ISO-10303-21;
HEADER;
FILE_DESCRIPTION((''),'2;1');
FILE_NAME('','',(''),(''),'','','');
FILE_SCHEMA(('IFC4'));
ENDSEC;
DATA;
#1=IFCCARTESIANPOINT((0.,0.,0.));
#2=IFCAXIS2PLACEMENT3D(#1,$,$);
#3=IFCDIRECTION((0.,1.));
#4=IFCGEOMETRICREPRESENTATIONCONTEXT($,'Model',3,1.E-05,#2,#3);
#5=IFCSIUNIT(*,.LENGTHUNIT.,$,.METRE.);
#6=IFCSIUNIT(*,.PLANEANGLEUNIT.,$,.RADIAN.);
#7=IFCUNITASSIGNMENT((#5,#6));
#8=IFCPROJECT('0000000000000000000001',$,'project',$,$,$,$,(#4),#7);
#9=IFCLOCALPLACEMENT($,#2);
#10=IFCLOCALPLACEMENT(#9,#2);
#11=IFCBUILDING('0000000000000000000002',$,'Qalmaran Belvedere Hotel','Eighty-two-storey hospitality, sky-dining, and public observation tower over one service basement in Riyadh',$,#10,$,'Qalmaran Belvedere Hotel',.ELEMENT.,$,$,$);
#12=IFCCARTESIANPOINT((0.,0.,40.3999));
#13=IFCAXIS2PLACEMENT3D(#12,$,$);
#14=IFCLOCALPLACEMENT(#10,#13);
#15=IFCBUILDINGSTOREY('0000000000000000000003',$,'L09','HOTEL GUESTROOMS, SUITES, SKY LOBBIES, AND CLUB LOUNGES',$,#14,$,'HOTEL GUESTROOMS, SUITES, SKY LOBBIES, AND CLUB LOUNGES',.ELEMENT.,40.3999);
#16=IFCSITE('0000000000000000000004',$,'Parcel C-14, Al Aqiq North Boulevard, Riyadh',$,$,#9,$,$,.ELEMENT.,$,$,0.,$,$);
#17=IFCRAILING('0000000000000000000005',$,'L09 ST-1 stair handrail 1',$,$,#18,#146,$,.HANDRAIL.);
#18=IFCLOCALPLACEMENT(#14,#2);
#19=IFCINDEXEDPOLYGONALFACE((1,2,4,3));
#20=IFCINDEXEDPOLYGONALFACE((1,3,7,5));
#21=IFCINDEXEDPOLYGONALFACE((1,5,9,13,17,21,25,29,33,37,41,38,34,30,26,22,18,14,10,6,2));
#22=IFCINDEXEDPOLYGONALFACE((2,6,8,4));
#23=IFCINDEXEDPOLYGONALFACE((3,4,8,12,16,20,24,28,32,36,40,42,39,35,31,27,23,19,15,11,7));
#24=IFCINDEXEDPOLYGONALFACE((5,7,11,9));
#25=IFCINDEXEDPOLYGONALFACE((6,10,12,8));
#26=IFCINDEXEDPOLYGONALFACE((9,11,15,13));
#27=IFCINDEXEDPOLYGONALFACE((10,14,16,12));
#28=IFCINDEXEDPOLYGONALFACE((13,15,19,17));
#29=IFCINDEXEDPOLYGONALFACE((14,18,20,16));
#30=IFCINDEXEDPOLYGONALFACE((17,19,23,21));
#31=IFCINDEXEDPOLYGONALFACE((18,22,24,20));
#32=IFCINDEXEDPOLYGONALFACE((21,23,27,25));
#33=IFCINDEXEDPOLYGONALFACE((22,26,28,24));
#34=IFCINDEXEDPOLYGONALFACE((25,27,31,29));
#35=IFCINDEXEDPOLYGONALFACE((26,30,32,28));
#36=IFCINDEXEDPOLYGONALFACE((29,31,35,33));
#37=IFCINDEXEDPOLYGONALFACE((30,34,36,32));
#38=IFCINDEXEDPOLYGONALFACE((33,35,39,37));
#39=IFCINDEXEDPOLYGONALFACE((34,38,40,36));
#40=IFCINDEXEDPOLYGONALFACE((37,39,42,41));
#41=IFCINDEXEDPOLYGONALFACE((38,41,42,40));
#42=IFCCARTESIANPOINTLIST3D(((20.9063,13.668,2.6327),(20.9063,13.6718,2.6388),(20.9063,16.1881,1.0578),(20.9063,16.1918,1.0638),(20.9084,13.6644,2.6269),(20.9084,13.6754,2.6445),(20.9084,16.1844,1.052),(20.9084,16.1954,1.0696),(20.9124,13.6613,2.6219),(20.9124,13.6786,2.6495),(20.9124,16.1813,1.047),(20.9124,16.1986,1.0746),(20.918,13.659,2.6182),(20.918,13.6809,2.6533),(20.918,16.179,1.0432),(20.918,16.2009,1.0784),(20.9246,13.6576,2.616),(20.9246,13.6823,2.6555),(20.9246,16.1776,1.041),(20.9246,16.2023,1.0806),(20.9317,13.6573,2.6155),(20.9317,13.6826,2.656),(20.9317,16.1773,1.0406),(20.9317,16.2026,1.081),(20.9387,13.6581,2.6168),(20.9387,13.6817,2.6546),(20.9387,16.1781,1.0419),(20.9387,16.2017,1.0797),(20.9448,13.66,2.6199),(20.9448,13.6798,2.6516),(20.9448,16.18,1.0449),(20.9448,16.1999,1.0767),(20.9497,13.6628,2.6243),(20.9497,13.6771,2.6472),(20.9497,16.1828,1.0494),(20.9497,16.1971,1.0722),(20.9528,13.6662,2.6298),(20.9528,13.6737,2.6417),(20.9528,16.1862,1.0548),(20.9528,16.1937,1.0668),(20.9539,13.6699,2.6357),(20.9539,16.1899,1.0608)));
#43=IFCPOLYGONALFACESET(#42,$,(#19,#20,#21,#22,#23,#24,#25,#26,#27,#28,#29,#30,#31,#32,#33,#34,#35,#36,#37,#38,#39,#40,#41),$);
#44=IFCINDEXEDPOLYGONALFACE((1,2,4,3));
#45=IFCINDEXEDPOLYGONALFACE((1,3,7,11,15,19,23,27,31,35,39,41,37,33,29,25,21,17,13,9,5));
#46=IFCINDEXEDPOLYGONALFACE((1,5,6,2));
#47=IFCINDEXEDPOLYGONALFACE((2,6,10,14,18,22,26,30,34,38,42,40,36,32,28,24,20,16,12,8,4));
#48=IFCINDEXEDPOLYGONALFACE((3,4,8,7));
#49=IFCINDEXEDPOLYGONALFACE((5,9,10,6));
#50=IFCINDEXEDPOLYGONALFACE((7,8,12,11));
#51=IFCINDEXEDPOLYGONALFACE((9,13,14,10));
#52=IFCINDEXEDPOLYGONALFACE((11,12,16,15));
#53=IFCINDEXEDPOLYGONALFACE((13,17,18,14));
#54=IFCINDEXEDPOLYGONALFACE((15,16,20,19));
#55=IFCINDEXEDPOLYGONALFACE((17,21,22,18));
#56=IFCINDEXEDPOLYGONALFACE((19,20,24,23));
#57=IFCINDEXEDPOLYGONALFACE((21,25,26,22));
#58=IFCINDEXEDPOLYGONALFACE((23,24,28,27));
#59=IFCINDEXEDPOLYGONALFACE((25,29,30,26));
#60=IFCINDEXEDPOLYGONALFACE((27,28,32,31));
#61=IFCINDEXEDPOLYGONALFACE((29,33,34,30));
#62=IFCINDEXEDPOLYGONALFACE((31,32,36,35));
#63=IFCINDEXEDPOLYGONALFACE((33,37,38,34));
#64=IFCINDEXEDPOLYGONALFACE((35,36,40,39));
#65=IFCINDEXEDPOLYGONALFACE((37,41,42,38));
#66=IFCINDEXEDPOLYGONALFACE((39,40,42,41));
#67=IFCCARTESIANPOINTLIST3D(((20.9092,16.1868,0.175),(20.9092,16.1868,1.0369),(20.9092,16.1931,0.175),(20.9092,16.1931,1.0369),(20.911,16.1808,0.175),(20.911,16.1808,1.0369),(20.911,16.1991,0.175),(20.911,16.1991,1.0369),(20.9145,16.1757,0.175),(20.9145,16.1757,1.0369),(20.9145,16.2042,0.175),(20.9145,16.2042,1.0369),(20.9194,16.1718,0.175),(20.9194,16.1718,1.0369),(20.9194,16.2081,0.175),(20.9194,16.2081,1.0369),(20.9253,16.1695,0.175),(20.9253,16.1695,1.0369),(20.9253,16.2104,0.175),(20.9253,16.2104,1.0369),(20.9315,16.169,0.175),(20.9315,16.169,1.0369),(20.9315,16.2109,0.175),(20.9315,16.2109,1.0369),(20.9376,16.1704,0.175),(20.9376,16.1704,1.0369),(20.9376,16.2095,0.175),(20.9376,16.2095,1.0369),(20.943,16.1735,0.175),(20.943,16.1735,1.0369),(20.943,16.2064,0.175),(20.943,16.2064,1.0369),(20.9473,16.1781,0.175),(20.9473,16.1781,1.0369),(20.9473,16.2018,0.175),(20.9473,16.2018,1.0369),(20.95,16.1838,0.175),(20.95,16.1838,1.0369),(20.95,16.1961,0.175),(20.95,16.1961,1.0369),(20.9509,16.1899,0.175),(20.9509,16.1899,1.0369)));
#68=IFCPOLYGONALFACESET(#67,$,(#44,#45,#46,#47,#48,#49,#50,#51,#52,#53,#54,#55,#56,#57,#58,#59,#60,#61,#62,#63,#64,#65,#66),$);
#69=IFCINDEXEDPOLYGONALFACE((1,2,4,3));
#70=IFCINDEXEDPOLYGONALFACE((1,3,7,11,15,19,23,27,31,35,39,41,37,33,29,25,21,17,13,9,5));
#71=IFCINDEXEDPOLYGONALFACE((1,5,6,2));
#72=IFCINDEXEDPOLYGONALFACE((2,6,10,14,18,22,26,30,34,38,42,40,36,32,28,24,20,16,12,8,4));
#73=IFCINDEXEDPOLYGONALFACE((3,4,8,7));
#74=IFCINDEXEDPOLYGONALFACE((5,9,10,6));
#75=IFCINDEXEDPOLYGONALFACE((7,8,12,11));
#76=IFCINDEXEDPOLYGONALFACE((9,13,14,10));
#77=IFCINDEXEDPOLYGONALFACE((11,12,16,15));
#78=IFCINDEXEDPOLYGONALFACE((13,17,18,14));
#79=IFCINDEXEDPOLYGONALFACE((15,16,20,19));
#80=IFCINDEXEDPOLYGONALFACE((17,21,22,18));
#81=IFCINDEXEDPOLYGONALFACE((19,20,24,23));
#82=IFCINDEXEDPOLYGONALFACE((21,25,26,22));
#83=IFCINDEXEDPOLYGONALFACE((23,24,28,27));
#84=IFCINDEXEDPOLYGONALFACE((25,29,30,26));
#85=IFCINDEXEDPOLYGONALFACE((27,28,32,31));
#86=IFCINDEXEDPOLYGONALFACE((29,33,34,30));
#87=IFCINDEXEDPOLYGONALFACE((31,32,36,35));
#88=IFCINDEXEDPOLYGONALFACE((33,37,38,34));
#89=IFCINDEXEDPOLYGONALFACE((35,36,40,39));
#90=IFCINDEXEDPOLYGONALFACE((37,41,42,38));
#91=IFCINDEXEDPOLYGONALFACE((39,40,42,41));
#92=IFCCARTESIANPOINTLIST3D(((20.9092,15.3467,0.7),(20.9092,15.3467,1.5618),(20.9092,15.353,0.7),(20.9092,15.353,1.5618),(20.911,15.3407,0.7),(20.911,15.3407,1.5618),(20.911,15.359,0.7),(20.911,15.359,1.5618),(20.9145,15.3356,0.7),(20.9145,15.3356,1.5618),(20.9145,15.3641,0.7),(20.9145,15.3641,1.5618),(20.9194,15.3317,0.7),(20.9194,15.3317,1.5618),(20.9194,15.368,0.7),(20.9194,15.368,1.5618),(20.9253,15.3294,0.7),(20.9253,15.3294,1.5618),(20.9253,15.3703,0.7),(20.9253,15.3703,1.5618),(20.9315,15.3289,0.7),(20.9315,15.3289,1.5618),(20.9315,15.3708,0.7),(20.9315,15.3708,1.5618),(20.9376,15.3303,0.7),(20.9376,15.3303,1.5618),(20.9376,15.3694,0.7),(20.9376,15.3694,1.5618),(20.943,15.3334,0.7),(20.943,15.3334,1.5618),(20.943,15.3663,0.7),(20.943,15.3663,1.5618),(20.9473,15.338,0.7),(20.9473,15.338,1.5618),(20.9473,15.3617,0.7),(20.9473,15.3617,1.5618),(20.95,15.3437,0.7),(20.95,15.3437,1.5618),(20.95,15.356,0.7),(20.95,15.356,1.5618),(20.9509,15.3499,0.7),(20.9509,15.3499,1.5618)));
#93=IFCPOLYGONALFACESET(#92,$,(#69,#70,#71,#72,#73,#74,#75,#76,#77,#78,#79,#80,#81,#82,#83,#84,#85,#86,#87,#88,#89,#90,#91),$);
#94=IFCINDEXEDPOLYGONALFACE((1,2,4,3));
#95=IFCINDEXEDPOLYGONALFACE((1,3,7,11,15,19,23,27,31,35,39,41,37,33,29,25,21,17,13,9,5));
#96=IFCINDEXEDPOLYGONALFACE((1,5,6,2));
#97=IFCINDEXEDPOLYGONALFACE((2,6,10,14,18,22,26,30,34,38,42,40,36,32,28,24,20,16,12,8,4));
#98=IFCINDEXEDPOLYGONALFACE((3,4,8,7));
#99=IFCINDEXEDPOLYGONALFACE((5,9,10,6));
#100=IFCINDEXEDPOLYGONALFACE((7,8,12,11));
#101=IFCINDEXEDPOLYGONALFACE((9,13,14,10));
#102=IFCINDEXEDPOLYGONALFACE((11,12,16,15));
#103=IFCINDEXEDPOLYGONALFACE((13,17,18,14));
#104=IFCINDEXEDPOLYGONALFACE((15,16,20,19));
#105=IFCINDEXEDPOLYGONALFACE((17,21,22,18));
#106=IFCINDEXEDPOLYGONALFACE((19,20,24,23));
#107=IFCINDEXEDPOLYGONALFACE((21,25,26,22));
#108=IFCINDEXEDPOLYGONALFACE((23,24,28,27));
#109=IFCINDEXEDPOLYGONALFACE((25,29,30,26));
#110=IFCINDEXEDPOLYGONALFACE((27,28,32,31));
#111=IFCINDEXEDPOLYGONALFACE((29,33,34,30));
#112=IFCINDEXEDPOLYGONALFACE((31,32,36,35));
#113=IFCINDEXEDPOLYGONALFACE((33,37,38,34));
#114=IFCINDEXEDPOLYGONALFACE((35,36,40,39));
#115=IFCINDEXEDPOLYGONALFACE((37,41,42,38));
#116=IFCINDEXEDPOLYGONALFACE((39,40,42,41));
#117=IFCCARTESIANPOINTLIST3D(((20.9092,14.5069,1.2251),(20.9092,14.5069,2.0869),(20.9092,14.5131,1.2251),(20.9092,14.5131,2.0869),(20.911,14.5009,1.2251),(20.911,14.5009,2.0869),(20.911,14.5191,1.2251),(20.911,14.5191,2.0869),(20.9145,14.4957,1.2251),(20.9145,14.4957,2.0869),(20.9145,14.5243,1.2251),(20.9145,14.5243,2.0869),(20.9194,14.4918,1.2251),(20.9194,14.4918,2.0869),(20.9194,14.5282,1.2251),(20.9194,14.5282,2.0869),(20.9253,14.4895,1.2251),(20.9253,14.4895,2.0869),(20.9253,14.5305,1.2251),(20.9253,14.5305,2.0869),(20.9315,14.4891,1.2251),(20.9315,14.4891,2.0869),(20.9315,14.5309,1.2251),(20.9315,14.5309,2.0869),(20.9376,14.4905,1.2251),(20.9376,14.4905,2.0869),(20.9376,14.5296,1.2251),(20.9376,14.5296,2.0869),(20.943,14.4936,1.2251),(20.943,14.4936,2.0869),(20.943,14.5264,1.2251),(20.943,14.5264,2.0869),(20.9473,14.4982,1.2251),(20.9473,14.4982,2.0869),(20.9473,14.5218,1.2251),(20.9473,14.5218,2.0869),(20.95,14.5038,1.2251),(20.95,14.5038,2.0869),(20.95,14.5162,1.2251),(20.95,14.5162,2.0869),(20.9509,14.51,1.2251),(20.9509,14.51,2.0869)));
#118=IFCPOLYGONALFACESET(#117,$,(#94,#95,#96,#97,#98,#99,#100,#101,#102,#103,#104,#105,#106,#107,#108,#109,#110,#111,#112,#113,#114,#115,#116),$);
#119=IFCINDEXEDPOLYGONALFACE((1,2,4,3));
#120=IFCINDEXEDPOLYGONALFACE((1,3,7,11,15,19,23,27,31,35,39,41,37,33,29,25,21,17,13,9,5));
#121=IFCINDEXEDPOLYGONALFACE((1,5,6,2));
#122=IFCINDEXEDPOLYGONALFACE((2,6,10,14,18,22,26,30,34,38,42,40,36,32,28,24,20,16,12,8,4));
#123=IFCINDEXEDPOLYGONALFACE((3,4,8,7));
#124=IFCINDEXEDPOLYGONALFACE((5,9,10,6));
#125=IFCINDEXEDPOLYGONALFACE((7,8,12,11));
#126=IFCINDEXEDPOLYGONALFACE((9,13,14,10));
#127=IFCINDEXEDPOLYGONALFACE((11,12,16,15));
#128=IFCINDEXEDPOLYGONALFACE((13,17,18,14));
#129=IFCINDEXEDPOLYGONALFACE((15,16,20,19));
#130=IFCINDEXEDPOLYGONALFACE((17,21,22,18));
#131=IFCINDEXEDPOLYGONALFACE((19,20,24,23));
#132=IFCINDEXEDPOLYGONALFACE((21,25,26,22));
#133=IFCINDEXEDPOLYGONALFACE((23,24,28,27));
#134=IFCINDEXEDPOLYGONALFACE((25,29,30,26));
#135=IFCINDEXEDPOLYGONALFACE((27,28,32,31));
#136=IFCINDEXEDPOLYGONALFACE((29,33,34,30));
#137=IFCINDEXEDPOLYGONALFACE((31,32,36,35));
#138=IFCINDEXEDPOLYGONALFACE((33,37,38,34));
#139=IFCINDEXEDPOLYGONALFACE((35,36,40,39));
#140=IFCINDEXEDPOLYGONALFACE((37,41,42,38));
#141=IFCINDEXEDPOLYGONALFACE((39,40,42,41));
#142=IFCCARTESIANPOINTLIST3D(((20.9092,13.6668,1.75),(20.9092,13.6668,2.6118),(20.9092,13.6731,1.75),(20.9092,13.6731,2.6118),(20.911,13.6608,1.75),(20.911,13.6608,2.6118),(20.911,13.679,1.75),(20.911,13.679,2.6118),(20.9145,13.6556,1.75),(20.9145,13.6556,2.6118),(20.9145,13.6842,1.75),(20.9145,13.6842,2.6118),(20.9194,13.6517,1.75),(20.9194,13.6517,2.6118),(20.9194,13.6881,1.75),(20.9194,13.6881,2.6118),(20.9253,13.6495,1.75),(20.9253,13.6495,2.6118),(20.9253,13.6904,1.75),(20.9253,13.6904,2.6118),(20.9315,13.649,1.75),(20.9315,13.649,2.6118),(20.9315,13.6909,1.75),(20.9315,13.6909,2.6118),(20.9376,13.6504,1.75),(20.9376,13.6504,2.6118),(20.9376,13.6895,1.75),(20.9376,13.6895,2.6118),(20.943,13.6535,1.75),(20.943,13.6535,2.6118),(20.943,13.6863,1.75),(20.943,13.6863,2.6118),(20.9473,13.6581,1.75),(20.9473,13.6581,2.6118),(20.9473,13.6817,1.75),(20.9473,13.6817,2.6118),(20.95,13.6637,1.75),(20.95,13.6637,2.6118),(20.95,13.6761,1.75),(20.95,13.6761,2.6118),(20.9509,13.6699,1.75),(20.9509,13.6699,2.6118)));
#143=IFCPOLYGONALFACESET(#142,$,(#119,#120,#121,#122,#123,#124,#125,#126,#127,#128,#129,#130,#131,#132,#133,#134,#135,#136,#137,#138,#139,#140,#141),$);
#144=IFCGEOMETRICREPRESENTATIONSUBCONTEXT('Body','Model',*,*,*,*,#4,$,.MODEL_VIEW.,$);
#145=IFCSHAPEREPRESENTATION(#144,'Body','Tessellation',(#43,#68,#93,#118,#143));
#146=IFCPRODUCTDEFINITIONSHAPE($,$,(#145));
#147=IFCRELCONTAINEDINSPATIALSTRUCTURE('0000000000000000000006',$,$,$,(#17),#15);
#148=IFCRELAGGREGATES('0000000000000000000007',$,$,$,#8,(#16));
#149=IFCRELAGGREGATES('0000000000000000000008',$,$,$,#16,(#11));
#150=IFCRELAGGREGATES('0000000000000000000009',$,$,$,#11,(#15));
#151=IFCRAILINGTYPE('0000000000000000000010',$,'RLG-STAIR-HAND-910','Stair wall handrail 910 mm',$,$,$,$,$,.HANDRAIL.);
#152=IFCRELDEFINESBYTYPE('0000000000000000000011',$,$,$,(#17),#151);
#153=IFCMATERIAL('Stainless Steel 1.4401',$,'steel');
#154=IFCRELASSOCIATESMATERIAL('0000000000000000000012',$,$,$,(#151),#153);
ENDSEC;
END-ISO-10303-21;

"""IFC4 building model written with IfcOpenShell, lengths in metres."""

from ifc_helpers import new_model, si_unit, direction, frame, origin, origin_2d, place, context, subcontext, project, spatial, circle, extrude, material, type_object, element, save


model = new_model("IFC4")

# Units and contexts
model_context = context("Model", 3, precision=1e-05, world=origin(), true_north=direction((0.0, 1.0)))
body_context = subcontext(model_context, "Body", "Model", "MODEL_VIEW")
ifc_project = project(units=[si_unit("LENGTHUNIT", "METRE"), si_unit("PLANEANGLEUNIT", "RADIAN")], contexts=[model_context])

# Site, building, storey
site_placement = place(None, origin())
site = spatial("IfcSite", under=ifc_project, at=site_placement, Name="Parcel C-14, Al Aqiq North Boulevard, Riyadh", CompositionType="ELEMENT", RefElevation=0.0)
building_placement = place(site_placement, origin())
building = spatial("IfcBuilding", under=site, at=building_placement, Name="Qalmaran Belvedere Hotel", Description="Eighty-two-storey hospitality, sky-dining, and public observation tower over one service basement in Riyadh", LongName="Qalmaran Belvedere Hotel", CompositionType="ELEMENT")
storey_placement = place(building_placement, frame((0.0, 0.0, 40.3999)))
storey = spatial("IfcBuildingStorey", under=building, at=storey_placement, Name="L09", Description="HOTEL GUESTROOMS, SUITES, SKY LOBBIES, AND CLUB LOUNGES", LongName="HOTEL GUESTROOMS, SUITES, SKY LOBBIES, AND CLUB LOUNGES", CompositionType="ELEMENT", Elevation=40.3999)

# Shared definitions
ifc_material_1 = material(Name="Stainless Steel 1.4401", Category="steel")

# Railing
railing_type = type_object("IfcRailingType", Name="RLG-STAIR-HAND-910", Description="Stair wall handrail 910 mm", PredefinedType="HANDRAIL", material=ifc_material_1)
railing_placement = place(storey_placement, frame((20.9299, 16.1899, 0.175)))
element("IfcRailing", 1, at=railing_placement, inside=storey, type_object=railing_type, Name="L09 ST-1 stair handrail 1", PredefinedType="HANDRAIL", context=body_context, shape_type="SweptSolid", body=[
    extrude(circle(Radius=0.0239, at=origin_2d()), frame((0.0, 0.0, 0.8857), z_axis=(0.0, -0.848008, 0.529984), x_axis=(1.0, 0.0, 0.0)), (0.0, 0.0, 1.0), 2.9717),
    extrude(circle(Radius=0.021, at=origin_2d()), origin(), (0.0, 0.0, 1.0), 0.8618),
    extrude(circle(Radius=0.021, at=origin_2d()), frame((0.0, -0.8401, 0.5249)), (0.0, 0.0, 1.0), 0.8618),
    extrude(circle(Radius=0.021, at=origin_2d()), frame((0.0, -1.6799, 1.05)), (0.0, 0.0, 1.0), 0.8618),
    extrude(circle(Radius=0.021, at=origin_2d()), frame((0.0, -2.52, 1.575)), (0.0, 0.0, 1.0), 0.8618),
])

save(model, "model.ifc")
